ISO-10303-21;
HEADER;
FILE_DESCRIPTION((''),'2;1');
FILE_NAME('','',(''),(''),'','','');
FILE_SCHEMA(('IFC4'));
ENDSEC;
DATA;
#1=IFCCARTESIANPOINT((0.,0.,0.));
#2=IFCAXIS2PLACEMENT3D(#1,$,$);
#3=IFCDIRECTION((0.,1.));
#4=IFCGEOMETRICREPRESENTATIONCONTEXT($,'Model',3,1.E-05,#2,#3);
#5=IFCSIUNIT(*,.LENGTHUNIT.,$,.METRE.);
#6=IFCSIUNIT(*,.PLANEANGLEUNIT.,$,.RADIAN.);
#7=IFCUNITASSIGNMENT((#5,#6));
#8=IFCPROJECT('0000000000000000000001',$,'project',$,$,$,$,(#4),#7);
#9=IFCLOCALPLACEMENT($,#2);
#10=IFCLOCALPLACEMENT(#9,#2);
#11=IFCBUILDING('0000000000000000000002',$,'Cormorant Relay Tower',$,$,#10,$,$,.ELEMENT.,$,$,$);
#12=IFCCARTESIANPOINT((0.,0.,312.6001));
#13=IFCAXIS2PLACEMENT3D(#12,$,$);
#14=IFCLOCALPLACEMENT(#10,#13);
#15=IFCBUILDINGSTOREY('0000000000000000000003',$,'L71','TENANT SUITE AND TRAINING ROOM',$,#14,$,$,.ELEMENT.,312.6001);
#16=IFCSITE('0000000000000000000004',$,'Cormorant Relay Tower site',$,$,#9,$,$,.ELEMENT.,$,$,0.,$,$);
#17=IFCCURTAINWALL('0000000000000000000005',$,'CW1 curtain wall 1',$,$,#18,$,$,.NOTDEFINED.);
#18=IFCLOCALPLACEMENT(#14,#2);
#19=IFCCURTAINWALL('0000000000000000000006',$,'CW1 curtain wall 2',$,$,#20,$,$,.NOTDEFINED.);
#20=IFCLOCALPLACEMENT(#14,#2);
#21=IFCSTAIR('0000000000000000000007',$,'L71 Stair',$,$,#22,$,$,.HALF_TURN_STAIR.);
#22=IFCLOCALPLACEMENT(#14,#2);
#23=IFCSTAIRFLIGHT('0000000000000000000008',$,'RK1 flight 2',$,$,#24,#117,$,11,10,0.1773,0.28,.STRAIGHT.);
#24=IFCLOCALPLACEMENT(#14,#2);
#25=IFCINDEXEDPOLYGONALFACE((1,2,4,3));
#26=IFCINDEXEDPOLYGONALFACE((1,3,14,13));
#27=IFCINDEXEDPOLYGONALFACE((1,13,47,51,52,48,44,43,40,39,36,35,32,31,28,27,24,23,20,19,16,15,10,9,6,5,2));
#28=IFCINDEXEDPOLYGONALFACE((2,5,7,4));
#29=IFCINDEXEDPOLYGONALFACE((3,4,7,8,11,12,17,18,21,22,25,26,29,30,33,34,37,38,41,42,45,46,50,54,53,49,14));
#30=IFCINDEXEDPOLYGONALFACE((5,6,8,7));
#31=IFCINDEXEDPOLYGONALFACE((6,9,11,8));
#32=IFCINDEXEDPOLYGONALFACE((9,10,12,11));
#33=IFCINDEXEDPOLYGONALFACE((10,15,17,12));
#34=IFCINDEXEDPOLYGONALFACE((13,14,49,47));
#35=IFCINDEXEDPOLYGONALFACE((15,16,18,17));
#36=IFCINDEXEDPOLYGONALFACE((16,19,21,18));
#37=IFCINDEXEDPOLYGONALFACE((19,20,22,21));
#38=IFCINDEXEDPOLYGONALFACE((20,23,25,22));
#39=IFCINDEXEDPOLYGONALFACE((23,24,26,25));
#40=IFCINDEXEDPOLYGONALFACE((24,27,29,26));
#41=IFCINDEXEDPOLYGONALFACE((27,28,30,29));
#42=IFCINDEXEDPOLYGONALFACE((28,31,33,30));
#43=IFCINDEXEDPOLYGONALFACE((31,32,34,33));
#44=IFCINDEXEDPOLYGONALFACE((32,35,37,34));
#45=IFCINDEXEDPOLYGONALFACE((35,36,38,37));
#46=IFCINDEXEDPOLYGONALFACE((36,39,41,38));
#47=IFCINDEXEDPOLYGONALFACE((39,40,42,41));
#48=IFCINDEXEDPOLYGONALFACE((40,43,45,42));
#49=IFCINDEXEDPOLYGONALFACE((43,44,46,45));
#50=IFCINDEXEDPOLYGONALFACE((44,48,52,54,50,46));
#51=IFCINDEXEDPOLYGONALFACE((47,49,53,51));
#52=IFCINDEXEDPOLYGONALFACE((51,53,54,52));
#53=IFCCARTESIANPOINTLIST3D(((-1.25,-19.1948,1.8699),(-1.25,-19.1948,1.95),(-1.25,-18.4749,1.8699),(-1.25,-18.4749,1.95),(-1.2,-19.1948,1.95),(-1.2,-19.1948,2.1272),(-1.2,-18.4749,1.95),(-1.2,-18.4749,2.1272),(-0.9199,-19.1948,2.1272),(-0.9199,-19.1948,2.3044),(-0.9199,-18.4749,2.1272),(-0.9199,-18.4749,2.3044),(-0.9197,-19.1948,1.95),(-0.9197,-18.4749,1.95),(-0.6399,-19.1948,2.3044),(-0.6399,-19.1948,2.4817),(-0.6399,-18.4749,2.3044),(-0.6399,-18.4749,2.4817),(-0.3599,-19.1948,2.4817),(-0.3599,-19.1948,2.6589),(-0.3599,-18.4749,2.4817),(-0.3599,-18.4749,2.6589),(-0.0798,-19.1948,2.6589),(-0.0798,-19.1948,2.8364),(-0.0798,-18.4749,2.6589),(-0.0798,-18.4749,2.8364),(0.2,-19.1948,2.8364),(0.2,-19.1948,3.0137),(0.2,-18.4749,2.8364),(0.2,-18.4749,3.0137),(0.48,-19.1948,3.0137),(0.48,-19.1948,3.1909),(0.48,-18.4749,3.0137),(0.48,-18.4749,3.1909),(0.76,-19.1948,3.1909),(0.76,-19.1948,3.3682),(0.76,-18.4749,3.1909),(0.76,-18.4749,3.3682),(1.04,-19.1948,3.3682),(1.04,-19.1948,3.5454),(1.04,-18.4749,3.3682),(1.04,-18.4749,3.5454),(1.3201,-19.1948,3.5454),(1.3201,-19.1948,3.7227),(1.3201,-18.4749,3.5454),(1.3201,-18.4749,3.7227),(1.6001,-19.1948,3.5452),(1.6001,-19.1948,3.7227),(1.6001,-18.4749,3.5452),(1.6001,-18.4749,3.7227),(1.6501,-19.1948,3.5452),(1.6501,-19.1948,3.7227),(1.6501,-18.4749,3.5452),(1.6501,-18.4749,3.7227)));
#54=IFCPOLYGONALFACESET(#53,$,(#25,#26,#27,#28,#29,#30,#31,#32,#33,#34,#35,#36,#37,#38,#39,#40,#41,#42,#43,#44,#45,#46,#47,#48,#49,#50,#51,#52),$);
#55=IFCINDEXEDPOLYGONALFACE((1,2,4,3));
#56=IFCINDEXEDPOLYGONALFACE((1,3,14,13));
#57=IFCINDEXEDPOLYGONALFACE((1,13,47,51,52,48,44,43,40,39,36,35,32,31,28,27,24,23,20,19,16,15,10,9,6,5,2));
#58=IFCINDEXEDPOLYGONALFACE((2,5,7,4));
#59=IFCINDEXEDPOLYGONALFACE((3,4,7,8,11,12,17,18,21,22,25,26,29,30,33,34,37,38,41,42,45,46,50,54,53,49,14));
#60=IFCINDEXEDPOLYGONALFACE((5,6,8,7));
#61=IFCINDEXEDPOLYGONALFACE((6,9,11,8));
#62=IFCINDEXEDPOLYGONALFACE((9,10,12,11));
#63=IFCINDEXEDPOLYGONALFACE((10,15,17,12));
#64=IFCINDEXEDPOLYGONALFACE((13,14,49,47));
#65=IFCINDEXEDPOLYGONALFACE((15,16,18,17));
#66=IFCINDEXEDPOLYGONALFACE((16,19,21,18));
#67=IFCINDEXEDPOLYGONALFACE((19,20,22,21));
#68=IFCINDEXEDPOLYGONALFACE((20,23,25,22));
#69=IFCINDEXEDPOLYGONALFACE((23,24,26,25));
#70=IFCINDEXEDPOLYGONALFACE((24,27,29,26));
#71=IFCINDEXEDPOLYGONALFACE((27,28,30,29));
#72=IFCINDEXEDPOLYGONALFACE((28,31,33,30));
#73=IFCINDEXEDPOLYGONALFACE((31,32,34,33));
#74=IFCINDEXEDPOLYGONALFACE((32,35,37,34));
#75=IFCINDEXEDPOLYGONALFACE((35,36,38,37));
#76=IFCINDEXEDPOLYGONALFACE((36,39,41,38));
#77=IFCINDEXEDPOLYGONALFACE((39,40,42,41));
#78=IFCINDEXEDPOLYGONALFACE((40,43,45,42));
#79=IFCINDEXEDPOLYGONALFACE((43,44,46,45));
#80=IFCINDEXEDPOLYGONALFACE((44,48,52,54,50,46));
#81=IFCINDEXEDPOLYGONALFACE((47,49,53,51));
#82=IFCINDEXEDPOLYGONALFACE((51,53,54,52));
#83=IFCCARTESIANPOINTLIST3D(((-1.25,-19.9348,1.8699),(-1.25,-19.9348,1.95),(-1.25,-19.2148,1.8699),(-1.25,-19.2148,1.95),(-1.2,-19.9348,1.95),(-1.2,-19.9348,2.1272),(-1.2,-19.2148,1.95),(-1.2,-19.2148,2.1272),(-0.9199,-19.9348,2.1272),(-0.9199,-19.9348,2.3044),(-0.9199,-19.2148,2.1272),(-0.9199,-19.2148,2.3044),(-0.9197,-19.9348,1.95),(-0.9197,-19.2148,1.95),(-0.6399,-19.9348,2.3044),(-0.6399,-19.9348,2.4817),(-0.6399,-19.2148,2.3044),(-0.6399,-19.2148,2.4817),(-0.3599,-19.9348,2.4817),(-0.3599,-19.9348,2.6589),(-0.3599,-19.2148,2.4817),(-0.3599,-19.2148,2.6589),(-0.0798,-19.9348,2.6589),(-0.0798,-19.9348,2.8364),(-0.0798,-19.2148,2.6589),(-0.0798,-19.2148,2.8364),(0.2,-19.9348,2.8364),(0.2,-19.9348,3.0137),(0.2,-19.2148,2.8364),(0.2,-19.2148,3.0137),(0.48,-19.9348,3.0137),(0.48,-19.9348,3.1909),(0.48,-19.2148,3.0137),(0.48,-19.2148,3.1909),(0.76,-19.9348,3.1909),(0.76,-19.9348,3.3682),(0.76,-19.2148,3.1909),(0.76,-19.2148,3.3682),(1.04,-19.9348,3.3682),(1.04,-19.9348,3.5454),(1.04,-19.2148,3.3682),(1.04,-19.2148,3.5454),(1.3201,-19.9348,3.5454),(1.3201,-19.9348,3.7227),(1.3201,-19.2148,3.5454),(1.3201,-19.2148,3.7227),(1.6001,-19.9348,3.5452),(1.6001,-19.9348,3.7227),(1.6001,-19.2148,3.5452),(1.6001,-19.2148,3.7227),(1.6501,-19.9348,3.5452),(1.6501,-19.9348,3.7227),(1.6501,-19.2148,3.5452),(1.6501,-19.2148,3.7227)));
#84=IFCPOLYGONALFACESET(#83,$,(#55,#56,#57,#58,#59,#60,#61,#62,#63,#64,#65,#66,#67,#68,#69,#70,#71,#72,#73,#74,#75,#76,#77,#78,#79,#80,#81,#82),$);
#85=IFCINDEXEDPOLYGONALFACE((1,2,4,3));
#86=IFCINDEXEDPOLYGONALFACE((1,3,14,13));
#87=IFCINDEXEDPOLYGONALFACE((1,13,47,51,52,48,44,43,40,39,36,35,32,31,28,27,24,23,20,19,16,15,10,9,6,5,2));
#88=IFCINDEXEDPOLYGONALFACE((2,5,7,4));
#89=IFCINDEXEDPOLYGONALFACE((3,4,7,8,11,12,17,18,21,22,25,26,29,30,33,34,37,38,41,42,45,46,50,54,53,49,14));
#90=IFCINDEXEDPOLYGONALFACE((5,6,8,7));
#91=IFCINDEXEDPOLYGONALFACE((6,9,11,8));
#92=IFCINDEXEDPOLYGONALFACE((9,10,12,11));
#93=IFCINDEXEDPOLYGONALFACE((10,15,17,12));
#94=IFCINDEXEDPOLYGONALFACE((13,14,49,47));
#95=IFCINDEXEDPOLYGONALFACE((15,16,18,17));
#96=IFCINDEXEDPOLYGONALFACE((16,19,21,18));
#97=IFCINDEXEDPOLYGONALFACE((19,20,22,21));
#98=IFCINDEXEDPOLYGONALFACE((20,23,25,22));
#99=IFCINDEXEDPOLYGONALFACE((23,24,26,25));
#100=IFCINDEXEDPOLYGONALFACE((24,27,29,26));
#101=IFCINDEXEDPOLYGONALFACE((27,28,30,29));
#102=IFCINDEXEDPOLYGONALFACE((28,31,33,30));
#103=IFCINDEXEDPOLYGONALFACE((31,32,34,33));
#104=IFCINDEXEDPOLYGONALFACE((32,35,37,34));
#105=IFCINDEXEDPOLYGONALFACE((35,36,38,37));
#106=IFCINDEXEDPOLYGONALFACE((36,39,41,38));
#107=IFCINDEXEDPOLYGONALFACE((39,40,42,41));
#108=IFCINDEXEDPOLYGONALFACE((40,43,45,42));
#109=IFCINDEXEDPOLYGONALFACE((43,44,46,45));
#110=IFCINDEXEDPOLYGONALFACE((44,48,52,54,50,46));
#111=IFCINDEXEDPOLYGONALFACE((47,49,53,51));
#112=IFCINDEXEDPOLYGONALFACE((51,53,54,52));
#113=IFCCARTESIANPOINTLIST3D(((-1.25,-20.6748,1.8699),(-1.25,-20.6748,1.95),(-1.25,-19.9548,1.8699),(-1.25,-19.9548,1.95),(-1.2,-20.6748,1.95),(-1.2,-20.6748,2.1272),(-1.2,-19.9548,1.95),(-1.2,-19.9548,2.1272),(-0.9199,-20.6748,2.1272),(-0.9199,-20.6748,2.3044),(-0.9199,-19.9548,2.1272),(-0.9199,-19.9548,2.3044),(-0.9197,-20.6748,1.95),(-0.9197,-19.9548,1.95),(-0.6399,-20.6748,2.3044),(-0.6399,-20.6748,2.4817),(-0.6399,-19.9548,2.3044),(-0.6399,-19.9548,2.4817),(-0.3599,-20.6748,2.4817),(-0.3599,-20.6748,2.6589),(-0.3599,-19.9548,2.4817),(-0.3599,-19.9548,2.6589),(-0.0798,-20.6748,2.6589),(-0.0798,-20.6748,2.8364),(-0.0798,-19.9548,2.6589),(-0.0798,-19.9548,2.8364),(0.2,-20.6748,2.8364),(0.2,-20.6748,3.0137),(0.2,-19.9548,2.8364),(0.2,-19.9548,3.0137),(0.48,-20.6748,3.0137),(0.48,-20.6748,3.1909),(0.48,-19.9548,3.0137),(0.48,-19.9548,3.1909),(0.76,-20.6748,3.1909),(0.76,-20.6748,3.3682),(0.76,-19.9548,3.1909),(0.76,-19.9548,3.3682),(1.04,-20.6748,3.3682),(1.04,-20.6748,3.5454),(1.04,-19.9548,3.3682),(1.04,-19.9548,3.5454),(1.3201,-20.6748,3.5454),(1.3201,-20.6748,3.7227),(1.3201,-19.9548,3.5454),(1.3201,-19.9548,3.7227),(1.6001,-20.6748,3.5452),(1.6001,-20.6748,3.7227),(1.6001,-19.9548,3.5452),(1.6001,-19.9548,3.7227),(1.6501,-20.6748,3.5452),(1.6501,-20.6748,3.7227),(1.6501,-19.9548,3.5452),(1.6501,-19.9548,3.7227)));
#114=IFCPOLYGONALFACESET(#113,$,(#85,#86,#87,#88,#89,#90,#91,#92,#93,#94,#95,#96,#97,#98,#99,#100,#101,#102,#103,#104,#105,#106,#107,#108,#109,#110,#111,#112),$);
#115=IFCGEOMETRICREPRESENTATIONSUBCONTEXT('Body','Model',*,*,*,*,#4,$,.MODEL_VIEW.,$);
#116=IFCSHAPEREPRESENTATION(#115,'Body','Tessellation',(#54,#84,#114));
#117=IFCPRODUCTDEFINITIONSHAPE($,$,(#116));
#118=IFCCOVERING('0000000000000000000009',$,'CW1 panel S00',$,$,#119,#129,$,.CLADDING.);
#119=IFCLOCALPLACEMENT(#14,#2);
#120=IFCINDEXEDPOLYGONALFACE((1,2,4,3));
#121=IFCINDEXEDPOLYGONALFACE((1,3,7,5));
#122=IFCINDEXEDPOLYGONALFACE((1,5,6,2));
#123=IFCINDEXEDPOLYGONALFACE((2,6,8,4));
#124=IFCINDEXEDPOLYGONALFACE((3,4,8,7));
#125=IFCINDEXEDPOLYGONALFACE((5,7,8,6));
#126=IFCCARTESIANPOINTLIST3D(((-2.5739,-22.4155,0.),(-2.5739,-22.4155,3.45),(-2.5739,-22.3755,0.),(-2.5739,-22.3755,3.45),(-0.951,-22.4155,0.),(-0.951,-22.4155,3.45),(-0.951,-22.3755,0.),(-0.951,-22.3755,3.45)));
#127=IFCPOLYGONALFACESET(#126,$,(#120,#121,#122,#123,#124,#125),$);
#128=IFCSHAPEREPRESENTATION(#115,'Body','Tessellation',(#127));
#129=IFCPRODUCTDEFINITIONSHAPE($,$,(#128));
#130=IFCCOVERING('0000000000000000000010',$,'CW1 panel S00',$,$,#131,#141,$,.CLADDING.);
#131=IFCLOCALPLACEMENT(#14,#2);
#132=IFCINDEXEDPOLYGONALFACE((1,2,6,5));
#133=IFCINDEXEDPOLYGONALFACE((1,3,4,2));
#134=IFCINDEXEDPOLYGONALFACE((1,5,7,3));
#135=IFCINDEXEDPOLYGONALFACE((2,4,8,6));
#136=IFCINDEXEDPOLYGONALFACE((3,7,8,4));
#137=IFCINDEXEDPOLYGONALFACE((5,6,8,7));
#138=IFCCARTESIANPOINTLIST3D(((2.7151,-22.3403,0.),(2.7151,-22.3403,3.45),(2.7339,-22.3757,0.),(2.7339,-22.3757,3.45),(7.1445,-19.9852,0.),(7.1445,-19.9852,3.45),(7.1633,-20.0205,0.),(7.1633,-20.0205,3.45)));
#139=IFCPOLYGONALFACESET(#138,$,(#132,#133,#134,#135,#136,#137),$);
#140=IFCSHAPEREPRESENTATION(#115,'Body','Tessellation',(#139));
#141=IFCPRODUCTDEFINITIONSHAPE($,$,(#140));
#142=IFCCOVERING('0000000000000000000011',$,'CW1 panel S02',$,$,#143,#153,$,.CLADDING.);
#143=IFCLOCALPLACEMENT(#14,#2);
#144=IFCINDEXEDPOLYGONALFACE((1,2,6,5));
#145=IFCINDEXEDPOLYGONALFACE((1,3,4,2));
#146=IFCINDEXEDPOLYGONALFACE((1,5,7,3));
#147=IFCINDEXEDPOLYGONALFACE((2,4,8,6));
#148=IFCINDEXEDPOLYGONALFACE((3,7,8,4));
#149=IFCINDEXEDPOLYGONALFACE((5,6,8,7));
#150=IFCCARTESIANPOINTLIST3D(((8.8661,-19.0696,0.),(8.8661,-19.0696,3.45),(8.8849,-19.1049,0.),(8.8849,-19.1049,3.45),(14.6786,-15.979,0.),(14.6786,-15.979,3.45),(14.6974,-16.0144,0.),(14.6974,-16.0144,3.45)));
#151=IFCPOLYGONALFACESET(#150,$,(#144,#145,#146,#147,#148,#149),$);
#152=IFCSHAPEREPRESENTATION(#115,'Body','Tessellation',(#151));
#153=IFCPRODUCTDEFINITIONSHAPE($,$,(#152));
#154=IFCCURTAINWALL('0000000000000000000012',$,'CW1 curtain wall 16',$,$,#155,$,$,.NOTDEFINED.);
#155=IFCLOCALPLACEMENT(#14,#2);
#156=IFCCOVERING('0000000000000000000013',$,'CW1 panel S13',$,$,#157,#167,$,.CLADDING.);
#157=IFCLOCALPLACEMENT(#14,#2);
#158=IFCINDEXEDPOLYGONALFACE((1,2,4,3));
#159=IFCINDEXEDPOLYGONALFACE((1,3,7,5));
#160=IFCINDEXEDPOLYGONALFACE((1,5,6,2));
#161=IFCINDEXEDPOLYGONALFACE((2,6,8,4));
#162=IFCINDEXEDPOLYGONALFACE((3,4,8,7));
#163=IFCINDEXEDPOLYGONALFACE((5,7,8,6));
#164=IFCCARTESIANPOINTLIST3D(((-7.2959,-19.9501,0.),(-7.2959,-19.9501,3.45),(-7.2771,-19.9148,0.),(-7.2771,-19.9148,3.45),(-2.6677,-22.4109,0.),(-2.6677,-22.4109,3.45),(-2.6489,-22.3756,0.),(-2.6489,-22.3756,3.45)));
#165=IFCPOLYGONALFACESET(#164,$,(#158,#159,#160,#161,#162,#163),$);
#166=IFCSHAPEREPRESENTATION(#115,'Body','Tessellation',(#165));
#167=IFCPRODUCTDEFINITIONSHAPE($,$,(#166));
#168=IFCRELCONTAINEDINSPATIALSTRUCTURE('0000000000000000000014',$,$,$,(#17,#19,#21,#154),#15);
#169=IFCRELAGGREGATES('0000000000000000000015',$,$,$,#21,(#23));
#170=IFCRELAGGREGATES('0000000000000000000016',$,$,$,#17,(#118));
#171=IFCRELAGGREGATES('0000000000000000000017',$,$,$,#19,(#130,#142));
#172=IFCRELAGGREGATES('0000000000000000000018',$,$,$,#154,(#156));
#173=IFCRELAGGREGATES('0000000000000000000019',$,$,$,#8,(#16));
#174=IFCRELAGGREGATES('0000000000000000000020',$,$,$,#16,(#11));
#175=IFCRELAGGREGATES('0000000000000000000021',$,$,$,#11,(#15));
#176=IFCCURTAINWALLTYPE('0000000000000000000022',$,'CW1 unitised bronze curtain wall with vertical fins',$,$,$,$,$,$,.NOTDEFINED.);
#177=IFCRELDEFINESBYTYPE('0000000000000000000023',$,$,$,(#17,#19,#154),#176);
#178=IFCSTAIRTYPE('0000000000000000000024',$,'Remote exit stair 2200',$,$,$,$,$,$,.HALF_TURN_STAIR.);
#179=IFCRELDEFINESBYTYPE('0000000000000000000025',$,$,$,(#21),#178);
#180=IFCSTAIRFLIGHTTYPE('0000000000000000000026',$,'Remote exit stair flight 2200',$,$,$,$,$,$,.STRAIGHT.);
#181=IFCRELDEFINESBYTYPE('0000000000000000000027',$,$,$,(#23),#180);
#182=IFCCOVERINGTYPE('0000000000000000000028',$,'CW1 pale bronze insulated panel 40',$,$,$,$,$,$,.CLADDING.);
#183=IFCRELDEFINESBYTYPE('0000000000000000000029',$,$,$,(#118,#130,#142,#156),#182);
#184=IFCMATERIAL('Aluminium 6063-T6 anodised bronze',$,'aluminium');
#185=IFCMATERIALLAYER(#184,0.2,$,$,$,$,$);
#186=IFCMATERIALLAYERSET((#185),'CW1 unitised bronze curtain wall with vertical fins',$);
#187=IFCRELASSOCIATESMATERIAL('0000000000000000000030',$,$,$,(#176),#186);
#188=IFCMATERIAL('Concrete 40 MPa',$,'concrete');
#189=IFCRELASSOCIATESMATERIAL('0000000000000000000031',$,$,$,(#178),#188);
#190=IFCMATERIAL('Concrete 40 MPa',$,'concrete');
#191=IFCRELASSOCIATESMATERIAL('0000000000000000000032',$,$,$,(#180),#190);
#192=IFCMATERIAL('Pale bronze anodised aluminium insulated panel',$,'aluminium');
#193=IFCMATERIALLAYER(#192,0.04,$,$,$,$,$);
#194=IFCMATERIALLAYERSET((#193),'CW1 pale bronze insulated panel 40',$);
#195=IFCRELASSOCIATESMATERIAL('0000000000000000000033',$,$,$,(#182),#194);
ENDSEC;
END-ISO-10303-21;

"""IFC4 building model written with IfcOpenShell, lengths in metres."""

from ifc_helpers import new_model, si_unit, direction, frame, origin, origin_2d, place, context, subcontext, project, spatial, polyline, rectangle, outline, extrude, material, layer, layer_set, type_object, element, aggregate, save


model = new_model("IFC4")

# Units and contexts
model_context = context("Model", 3, precision=1e-05, world=origin(), true_north=direction((0.0, 1.0)))
body_context = subcontext(model_context, "Body", "Model", "MODEL_VIEW")
ifc_project = project(units=[si_unit("LENGTHUNIT", "METRE"), si_unit("PLANEANGLEUNIT", "RADIAN")], contexts=[model_context])

# Site, building, storey
site_placement = place(None, origin())
site = spatial("IfcSite", under=ifc_project, at=site_placement, Name="Cormorant Relay Tower site", CompositionType="ELEMENT", RefElevation=0.0)
building_placement = place(site_placement, origin())
building = spatial("IfcBuilding", under=site, at=building_placement, Name="Cormorant Relay Tower", CompositionType="ELEMENT")
storey_placement = place(building_placement, frame((0.0, 0.0, 312.6001)))
storey = spatial("IfcBuildingStorey", under=building, at=storey_placement, Name="L71", Description="TENANT SUITE AND TRAINING ROOM", CompositionType="ELEMENT", Elevation=312.6001)

# Curtain wall
ifc_material_1 = material(Name="Aluminium 6063-T6 anodised bronze", Category="aluminium")
ifc_layer_1 = layer(ifc_material_1, 0.2)
ifc_layer_set_1 = layer_set([ifc_layer_1], Name="CW1 unitised bronze curtain wall with vertical fins")
curtain_wall_type = type_object("IfcCurtainWallType", Name="CW1 unitised bronze curtain wall with vertical fins", PredefinedType="NOTDEFINED", material=ifc_layer_set_1)
curtain_wall_1_placement = place(storey_placement, origin())
curtain_wall_1 = element("IfcCurtainWall", 1, at=curtain_wall_1_placement, inside=storey, type_object=curtain_wall_type, Name="CW1 curtain wall 1", PredefinedType="NOTDEFINED")

# Curtain wall
curtain_wall_2_placement = place(storey_placement, origin())
curtain_wall_2 = element("IfcCurtainWall", 2, at=curtain_wall_2_placement, inside=storey, type_object=curtain_wall_type, Name="CW1 curtain wall 2", PredefinedType="NOTDEFINED")

# Stair, stair flight
ifc_material_2 = material(Name="Concrete 40 MPa", Category="concrete")
stair_type = type_object("IfcStairType", Name="Remote exit stair 2200", PredefinedType="HALF_TURN_STAIR", material=ifc_material_2)
stair_placement = place(storey_placement, origin())
stair = element("IfcStair", 3, at=stair_placement, inside=storey, type_object=stair_type, Name="L71 Stair", PredefinedType="HALF_TURN_STAIR")
ifc_material_3 = material(Name="Concrete 40 MPa", Category="concrete")
stair_flight_type = type_object("IfcStairFlightType", Name="Remote exit stair flight 2200", PredefinedType="STRAIGHT", material=ifc_material_3)
stair_flight_placement = place(storey_placement, frame((-1.2, -19.575, 1.95), z_axis=(0.0, 0.0, 1.0), x_axis=(1.0, 0.0, 0.0)))
stair_flight = element("IfcStairFlight", 4, at=stair_flight_placement, type_object=stair_flight_type, Name="RK1 flight 2", NumberOfRisers=11, NumberOfTreads=10, PredefinedType="STRAIGHT", RiserHeight=0.1773, TreadLength=0.28, context=body_context, shape_type="SweptSolid", body=[
    extrude(outline(polyline([(-0.05, -0.0801), (-0.05, 0.0), (0.0, 0.0), (0.0, 0.1772), (0.28, 0.1772), (0.28, 0.3545), (0.5601, 0.3545), (0.5601, 0.5317), (0.8401, 0.5317), (0.8401, 0.709), (1.1201, 0.709), (1.1201, 0.8865), (1.3999, 0.8865), (1.3999, 1.0637), (1.6799, 1.0637), (1.6799, 1.241), (1.96, 1.241), (1.96, 1.4182), (2.24, 1.4182), (2.24, 1.5955), (2.52, 1.5955), (2.52, 1.7727), (2.8, 1.7727), (2.8501, 1.7727), (2.8501, 1.5952), (2.8, 1.5952), (0.2803, 0.0), (-0.05, -0.0801)])), frame((0.0, 1.1001, 0.0), z_axis=(0.0, -1.0, 0.0), x_axis=(1.0, 0.0, 0.0)), (0.0, 0.0, 1.0), 0.72),
    extrude(outline(polyline([(-0.05, -0.0801), (-0.05, 0.0), (0.0, 0.0), (0.0, 0.1772), (0.28, 0.1772), (0.28, 0.3545), (0.5601, 0.3545), (0.5601, 0.5317), (0.8401, 0.5317), (0.8401, 0.709), (1.1201, 0.709), (1.1201, 0.8865), (1.3999, 0.8865), (1.3999, 1.0637), (1.6799, 1.0637), (1.6799, 1.241), (1.96, 1.241), (1.96, 1.4182), (2.24, 1.4182), (2.24, 1.5955), (2.52, 1.5955), (2.52, 1.7727), (2.8, 1.7727), (2.8501, 1.7727), (2.8501, 1.5952), (2.8, 1.5952), (0.2803, 0.0), (-0.05, -0.0801)])), frame((0.0, 0.3601, 0.0), z_axis=(0.0, -1.0, 0.0), x_axis=(1.0, 0.0, 0.0)), (0.0, 0.0, 1.0), 0.72),
    extrude(outline(polyline([(-0.05, -0.0801), (-0.05, 0.0), (0.0, 0.0), (0.0, 0.1772), (0.28, 0.1772), (0.28, 0.3545), (0.5601, 0.3545), (0.5601, 0.5317), (0.8401, 0.5317), (0.8401, 0.709), (1.1201, 0.709), (1.1201, 0.8865), (1.3999, 0.8865), (1.3999, 1.0637), (1.6799, 1.0637), (1.6799, 1.241), (1.96, 1.241), (1.96, 1.4182), (2.24, 1.4182), (2.24, 1.5955), (2.52, 1.5955), (2.52, 1.7727), (2.8, 1.7727), (2.8501, 1.7727), (2.8501, 1.5952), (2.8, 1.5952), (0.2803, 0.0), (-0.05, -0.0801)])), frame((0.0, -0.3799, 0.0), z_axis=(0.0, -1.0, 0.0), x_axis=(1.0, 0.0, 0.0)), (0.0, 0.0, 1.0), 0.72),
])
aggregate(stair, [stair_flight])

# Coverings
ifc_material_4 = material(Name="Pale bronze anodised aluminium insulated panel", Category="aluminium")
ifc_layer_2 = layer(ifc_material_4, 0.04)
ifc_layer_set_2 = layer_set([ifc_layer_2], Name="CW1 pale bronze insulated panel 40")
covering_type = type_object("IfcCoveringType", Name="CW1 pale bronze insulated panel 40", PredefinedType="CLADDING", material=ifc_layer_set_2)
covering_1_placement = place(storey_placement, frame((-1.7625, -22.3955, 0.0), z_axis=(0.0, 0.0, 1.0), x_axis=(1.0, 0.0, 0.0)))
covering_1 = element("IfcCovering", 5, at=covering_1_placement, type_object=covering_type, Name="CW1 panel S00", PredefinedType="CLADDING", context=body_context, shape_type="SweptSolid", body=[
    extrude(rectangle(XDim=1.6228, YDim=0.04, at=origin_2d()), origin(), (0.0, 0.0, 1.0), 3.45),
])
aggregate(curtain_wall_1, [covering_1])
covering_2_placement = place(storey_placement, frame((4.9392, -21.1804, 0.0), z_axis=(0.0, 0.0, 1.0), x_axis=(0.882948, 0.469472, 0.0)))
covering_2 = element("IfcCovering", 6, at=covering_2_placement, type_object=covering_type, Name="CW1 panel S00", PredefinedType="CLADDING", context=body_context, shape_type="SweptSolid", body=[
    extrude(rectangle(XDim=5.0166, YDim=0.04, at=origin_2d()), origin(), (0.0, 0.0, 1.0), 3.45),
])
covering_3_placement = place(storey_placement, frame((11.7817, -17.542, 0.0), z_axis=(0.0, 0.0, 1.0), x_axis=(0.882948, 0.469472, 0.0)))
covering_3 = element("IfcCovering", 7, at=covering_3_placement, type_object=covering_type, Name="CW1 panel S02", PredefinedType="CLADDING", context=body_context, shape_type="SweptSolid", body=[
    extrude(rectangle(XDim=6.583, YDim=0.04, at=origin_2d()), origin(), (0.0, 0.0, 1.0), 3.45),
])
aggregate(curtain_wall_2, [covering_2, covering_3])

# Curtain wall, covering
curtain_wall_3_placement = place(storey_placement, origin())
curtain_wall_3 = element("IfcCurtainWall", 8, at=curtain_wall_3_placement, inside=storey, type_object=curtain_wall_type, Name="CW1 curtain wall 16", PredefinedType="NOTDEFINED")
covering_4_placement = place(storey_placement, frame((-4.9724, -21.1628, 0.0), z_axis=(0.0, 0.0, 1.0), x_axis=(0.882948, -0.469472, 0.0)))
covering_4 = element("IfcCovering", 9, at=covering_4_placement, type_object=covering_type, Name="CW1 panel S13", PredefinedType="CLADDING", context=body_context, shape_type="SweptSolid", body=[
    extrude(rectangle(XDim=5.2417, YDim=0.04, at=origin_2d()), origin(), (0.0, 0.0, 1.0), 3.45),
])
aggregate(curtain_wall_3, [covering_4])

save(model, "model.ifc")
